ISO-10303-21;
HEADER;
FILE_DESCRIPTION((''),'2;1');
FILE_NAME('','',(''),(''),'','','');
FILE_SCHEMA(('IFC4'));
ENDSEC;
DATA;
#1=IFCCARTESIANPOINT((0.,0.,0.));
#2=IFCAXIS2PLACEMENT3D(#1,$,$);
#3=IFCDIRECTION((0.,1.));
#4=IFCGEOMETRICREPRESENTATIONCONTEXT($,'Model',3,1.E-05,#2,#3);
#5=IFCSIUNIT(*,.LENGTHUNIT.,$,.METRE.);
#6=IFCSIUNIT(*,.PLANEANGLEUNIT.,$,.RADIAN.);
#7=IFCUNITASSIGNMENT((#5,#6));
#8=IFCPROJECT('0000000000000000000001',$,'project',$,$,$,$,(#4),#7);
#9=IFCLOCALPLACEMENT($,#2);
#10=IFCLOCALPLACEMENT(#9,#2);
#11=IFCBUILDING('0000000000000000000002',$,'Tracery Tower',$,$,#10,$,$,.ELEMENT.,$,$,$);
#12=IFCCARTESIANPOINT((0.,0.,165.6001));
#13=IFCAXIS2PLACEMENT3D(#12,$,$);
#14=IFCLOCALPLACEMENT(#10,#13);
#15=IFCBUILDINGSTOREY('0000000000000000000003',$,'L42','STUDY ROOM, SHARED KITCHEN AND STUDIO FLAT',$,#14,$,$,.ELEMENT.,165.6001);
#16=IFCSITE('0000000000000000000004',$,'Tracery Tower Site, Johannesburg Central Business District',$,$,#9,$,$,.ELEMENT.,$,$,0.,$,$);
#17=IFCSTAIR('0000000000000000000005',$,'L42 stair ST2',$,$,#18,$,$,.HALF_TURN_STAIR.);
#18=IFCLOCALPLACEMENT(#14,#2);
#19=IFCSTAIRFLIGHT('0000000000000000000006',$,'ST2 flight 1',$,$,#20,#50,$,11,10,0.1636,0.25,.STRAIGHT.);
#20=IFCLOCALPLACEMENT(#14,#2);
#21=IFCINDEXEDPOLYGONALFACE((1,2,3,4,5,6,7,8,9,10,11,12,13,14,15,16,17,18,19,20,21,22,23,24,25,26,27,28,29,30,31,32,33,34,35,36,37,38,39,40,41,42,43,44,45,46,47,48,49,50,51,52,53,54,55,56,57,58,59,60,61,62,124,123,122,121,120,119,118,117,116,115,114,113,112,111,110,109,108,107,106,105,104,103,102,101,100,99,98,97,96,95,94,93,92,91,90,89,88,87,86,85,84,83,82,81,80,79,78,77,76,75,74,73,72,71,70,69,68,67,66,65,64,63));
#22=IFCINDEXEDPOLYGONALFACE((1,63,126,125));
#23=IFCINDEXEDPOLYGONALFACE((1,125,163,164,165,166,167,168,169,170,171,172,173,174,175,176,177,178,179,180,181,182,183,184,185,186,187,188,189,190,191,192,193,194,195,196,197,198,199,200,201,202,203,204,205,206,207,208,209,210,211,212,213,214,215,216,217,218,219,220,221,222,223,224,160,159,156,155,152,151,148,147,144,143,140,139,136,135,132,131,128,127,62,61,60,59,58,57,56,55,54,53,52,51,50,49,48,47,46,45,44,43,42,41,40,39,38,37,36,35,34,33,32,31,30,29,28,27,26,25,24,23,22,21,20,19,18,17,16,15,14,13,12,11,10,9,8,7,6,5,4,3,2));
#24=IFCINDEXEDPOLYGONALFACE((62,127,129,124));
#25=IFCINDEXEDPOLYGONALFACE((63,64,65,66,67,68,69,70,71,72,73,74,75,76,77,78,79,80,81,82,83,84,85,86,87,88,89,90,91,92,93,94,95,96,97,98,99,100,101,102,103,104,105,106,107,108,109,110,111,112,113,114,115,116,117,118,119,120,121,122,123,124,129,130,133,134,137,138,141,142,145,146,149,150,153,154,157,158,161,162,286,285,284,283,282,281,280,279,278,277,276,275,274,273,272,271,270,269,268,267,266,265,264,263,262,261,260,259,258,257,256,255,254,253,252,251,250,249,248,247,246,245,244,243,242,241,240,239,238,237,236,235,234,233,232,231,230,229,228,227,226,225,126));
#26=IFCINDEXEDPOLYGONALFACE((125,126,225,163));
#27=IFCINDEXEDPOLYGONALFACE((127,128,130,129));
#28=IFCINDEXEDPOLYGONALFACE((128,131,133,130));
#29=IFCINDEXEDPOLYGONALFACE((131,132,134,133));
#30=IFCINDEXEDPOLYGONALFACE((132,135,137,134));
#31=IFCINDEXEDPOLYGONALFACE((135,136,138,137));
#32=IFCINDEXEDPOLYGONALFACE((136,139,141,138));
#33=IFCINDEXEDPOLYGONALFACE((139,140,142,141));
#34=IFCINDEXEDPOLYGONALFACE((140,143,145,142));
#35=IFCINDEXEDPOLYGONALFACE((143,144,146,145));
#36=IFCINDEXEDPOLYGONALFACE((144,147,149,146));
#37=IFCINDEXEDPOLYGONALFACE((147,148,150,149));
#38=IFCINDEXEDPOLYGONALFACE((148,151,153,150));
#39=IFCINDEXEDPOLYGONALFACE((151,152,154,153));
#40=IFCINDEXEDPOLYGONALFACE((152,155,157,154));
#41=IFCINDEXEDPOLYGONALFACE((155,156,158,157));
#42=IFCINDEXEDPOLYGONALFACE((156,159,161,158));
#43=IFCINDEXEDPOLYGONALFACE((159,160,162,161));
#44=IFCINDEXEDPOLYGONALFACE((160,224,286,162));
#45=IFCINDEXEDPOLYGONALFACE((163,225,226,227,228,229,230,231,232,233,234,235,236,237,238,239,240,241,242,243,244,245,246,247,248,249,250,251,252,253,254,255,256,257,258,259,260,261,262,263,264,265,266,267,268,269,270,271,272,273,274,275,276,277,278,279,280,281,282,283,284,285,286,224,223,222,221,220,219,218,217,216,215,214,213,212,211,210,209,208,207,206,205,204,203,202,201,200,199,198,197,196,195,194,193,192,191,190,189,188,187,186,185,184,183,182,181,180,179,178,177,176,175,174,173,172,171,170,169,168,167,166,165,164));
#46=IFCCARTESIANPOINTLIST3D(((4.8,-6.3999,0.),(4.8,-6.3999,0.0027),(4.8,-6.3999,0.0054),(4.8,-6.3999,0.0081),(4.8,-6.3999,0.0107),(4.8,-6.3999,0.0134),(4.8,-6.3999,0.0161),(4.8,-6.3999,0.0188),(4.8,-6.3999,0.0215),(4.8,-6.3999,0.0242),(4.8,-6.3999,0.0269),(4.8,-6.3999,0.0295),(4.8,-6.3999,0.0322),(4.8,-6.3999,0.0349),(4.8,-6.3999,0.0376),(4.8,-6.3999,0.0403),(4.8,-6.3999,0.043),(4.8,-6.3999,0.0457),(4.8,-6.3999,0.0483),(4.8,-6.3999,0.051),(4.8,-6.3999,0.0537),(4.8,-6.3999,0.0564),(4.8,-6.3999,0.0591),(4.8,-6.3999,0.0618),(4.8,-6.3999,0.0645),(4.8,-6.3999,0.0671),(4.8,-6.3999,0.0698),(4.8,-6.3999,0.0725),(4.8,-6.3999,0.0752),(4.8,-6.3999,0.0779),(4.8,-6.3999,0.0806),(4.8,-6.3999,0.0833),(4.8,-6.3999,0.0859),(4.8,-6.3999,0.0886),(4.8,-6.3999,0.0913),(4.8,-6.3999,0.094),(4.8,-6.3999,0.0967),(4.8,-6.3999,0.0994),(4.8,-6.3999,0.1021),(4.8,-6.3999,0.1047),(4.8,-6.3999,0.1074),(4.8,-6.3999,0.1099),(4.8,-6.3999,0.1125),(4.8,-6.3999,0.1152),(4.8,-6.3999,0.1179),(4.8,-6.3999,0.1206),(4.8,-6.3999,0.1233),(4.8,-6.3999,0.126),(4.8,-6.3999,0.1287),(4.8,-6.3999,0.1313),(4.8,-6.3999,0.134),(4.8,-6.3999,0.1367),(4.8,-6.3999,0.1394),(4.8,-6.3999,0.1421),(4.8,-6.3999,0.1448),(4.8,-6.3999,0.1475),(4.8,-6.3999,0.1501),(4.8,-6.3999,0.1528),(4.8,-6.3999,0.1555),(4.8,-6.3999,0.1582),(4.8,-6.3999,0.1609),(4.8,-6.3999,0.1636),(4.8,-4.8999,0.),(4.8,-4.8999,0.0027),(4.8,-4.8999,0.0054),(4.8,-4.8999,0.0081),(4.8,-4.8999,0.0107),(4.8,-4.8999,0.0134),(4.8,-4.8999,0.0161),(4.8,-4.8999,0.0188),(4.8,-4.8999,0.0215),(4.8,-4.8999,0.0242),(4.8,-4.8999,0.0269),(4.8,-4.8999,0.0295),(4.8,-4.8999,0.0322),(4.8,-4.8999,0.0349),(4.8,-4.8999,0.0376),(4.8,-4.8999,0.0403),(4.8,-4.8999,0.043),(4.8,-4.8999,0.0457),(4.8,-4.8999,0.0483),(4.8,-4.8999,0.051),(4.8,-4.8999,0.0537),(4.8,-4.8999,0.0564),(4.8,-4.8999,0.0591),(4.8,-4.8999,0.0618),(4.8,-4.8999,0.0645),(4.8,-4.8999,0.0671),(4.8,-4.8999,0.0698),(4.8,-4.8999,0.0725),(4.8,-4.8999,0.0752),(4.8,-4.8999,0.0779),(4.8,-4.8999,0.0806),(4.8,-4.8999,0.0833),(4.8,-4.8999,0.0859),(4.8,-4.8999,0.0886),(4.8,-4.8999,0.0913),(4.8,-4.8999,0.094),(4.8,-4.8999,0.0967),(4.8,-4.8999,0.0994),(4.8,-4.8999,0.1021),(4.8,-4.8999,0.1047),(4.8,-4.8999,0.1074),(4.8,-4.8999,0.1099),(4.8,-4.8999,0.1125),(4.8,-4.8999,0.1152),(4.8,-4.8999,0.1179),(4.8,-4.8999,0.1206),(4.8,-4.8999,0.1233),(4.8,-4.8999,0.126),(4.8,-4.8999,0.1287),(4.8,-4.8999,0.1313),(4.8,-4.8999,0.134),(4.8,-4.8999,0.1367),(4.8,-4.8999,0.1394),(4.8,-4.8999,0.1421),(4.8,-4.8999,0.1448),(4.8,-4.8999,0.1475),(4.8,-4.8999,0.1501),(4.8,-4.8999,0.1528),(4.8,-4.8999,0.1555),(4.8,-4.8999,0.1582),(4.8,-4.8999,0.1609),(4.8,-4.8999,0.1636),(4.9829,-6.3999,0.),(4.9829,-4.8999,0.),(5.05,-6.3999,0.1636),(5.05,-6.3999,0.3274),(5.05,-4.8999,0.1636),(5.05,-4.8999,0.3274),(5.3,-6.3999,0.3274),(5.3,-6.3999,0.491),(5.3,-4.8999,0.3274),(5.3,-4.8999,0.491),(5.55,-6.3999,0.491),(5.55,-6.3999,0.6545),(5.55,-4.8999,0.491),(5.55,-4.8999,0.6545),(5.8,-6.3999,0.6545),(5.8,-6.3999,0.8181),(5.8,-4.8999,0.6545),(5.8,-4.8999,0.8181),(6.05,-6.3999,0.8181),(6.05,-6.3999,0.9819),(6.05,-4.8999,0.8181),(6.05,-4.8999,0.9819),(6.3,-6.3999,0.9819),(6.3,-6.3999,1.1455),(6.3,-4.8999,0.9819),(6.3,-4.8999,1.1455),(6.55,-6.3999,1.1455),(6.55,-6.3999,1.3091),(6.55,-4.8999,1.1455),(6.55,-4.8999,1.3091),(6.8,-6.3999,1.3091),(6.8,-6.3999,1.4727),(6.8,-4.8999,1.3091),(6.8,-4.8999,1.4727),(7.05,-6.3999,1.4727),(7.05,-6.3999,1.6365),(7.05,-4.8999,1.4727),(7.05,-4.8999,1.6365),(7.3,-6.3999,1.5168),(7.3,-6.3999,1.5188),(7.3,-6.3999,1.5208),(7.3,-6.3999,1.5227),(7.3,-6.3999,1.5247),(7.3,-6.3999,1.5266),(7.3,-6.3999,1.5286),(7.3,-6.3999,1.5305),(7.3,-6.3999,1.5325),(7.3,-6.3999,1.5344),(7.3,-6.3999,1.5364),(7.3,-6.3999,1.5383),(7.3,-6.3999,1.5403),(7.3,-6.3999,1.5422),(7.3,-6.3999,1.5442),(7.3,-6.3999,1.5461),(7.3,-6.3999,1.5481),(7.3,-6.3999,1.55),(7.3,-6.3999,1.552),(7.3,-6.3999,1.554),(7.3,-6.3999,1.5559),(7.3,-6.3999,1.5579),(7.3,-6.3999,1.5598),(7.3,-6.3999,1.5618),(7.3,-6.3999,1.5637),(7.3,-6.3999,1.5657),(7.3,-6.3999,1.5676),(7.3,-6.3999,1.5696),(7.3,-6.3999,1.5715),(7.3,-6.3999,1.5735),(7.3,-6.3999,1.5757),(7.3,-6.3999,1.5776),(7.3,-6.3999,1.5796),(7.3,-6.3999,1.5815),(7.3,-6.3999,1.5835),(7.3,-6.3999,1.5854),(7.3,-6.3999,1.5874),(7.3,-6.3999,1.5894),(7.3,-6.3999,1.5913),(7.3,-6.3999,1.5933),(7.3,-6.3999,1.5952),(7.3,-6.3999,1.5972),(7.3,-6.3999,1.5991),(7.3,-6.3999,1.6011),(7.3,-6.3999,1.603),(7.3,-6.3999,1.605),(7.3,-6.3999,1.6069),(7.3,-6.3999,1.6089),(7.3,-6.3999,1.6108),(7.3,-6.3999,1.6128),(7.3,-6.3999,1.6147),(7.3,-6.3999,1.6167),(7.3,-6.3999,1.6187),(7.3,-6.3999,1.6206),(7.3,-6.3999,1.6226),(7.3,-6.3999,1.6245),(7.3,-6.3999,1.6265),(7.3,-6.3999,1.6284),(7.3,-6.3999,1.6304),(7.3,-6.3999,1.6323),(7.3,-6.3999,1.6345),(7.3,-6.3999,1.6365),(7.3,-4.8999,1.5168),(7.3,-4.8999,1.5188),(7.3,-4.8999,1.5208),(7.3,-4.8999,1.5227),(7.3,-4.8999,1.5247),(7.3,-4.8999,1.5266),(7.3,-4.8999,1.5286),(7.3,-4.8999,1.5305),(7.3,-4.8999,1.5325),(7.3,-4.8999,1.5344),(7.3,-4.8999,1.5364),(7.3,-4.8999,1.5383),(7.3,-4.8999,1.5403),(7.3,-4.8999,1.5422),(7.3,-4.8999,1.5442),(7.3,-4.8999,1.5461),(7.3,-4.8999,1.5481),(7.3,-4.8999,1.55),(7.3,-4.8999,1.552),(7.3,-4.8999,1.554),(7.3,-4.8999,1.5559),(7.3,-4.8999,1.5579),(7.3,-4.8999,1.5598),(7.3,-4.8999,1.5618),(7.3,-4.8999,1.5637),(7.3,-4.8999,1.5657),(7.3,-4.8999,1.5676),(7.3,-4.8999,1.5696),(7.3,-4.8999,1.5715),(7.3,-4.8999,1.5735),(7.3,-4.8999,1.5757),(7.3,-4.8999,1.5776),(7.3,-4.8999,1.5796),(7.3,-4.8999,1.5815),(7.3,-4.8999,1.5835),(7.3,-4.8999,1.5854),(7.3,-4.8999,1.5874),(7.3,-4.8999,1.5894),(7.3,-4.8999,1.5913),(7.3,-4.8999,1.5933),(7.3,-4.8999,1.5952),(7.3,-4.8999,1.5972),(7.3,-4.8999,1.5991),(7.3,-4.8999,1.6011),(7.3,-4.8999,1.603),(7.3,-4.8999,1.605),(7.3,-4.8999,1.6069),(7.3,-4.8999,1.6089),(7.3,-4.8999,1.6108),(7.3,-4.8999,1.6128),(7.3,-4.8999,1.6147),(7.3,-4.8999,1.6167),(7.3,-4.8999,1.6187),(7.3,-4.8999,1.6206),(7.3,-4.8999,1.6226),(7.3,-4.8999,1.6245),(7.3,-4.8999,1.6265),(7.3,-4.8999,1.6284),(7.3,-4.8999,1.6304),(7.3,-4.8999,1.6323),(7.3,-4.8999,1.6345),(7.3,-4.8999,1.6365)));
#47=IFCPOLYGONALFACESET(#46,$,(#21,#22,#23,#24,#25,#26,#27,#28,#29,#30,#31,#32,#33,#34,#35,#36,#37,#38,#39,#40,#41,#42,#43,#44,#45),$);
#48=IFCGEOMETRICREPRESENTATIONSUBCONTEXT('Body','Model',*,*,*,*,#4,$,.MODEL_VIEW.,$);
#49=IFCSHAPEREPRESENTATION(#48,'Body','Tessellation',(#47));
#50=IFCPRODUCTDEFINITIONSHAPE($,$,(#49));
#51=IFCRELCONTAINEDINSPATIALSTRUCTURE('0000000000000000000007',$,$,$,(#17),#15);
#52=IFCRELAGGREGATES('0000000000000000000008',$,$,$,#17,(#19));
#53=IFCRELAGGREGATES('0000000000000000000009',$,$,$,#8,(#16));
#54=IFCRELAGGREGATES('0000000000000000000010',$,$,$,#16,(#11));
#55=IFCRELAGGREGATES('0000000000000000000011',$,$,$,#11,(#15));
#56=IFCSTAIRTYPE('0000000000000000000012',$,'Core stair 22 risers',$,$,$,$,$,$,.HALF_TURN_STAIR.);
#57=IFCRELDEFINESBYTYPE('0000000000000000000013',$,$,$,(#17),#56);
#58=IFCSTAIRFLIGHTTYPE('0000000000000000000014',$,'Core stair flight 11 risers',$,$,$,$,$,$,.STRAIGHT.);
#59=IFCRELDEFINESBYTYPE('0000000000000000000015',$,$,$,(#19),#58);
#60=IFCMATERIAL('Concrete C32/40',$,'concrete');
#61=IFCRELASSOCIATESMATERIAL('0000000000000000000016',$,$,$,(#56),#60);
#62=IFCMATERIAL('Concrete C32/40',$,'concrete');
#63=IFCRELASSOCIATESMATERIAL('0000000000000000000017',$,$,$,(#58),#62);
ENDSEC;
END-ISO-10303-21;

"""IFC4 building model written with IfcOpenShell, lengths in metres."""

from ifc_helpers import new_model, si_unit, direction, frame, origin, place, context, subcontext, project, spatial, polyline, outline, extrude, material, type_object, element, aggregate, save


model = new_model("IFC4")

# Units and contexts
model_context = context("Model", 3, precision=1e-05, world=origin(), true_north=direction((0.0, 1.0)))
body_context = subcontext(model_context, "Body", "Model", "MODEL_VIEW")
ifc_project = project(units=[si_unit("LENGTHUNIT", "METRE"), si_unit("PLANEANGLEUNIT", "RADIAN")], contexts=[model_context])

# Site, building, storey
site_placement = place(None, origin())
site = spatial("IfcSite", under=ifc_project, at=site_placement, Name="Tracery Tower Site, Johannesburg Central Business District", CompositionType="ELEMENT", RefElevation=0.0)
building_placement = place(site_placement, origin())
building = spatial("IfcBuilding", under=site, at=building_placement, Name="Tracery Tower", CompositionType="ELEMENT")
storey_placement = place(building_placement, frame((0.0, 0.0, 165.6001)))
storey = spatial("IfcBuildingStorey", under=building, at=storey_placement, Name="L42", Description="STUDY ROOM, SHARED KITCHEN AND STUDIO FLAT", CompositionType="ELEMENT", Elevation=165.6001)

# Stair
ifc_material_1 = material(Name="Concrete C32/40", Category="concrete")
stair_type = type_object("IfcStairType", Name="Core stair 22 risers", PredefinedType="HALF_TURN_STAIR", material=ifc_material_1)
stair_1_placement = place(storey_placement, origin())
stair_1 = element("IfcStair", 1, at=stair_1_placement, inside=storey, type_object=stair_type, Name="L42 stair ST2", PredefinedType="HALF_TURN_STAIR")

# Stair flight
ifc_material_2 = material(Name="Concrete C32/40", Category="concrete")
stair_flight_type = type_object("IfcStairFlightType", Name="Core stair flight 11 risers", PredefinedType="STRAIGHT", material=ifc_material_2)
stair_flight_1_placement = place(storey_placement, frame((4.8, -5.6499, 0.0), z_axis=(0.0, 0.0, 1.0), x_axis=(1.0, 0.0, 0.0)))
stair_flight_1 = element("IfcStairFlight", 2, at=stair_flight_1_placement, type_object=stair_flight_type, Name="ST2 flight 1", NumberOfRisers=11, NumberOfTreads=10, PredefinedType="STRAIGHT", RiserHeight=0.1636, TreadLength=0.25, context=body_context, shape_type="SweptSolid", body=[
    extrude(outline(polyline([(0.0, 0.0), (0.0, 0.0027), (0.0, 0.0054), (0.0, 0.0081), (0.0, 0.0107), (0.0, 0.0134), (0.0, 0.0161), (0.0, 0.0188), (0.0, 0.0215), (0.0, 0.0242), (0.0, 0.0269), (0.0, 0.0295), (0.0, 0.0322), (0.0, 0.0349), (0.0, 0.0376), (0.0, 0.0403), (0.0, 0.043), (0.0, 0.0457), (0.0, 0.0483), (0.0, 0.051), (0.0, 0.0537), (0.0, 0.0564), (0.0, 0.0591), (0.0, 0.0618), (0.0, 0.0645), (0.0, 0.0671), (0.0, 0.0698), (0.0, 0.0725), (0.0, 0.0752), (0.0, 0.0779), (0.0, 0.0806), (0.0, 0.0833), (0.0, 0.0859), (0.0, 0.0886), (0.0, 0.0913), (0.0, 0.094), (0.0, 0.0967), (0.0, 0.0994), (0.0, 0.1021), (0.0, 0.1047), (0.0, 0.1074), (0.0, 0.1099), (0.0, 0.1125), (0.0, 0.1152), (0.0, 0.1179), (0.0, 0.1206), (0.0, 0.1233), (0.0, 0.126), (0.0, 0.1287), (0.0, 0.1313), (0.0, 0.134), (0.0, 0.1367), (0.0, 0.1394), (0.0, 0.1421), (0.0, 0.1448), (0.0, 0.1475), (0.0, 0.1501), (0.0, 0.1528), (0.0, 0.1555), (0.0, 0.1582), (0.0, 0.1609), (0.0, 0.1636), (0.25, 0.1636), (0.25, 0.3274), (0.5, 0.3274), (0.5, 0.491), (0.75, 0.491), (0.75, 0.6545), (1.0, 0.6545), (1.0, 0.8181), (1.25, 0.8181), (1.25, 0.9819), (1.5, 0.9819), (1.5, 1.1455), (1.75, 1.1455), (1.75, 1.3091), (2.0, 1.3091), (2.0, 1.4727), (2.25, 1.4727), (2.25, 1.6365), (2.5, 1.6365), (2.5, 1.6345), (2.5, 1.6323), (2.5, 1.6304), (2.5, 1.6284), (2.5, 1.6265), (2.5, 1.6245), (2.5, 1.6226), (2.5, 1.6206), (2.5, 1.6187), (2.5, 1.6167), (2.5, 1.6147), (2.5, 1.6128), (2.5, 1.6108), (2.5, 1.6089), (2.5, 1.6069), (2.5, 1.605), (2.5, 1.603), (2.5, 1.6011), (2.5, 1.5991), (2.5, 1.5972), (2.5, 1.5952), (2.5, 1.5933), (2.5, 1.5913), (2.5, 1.5894), (2.5, 1.5874), (2.5, 1.5854), (2.5, 1.5835), (2.5, 1.5815), (2.5, 1.5796), (2.5, 1.5776), (2.5, 1.5757), (2.5, 1.5735), (2.5, 1.5715), (2.5, 1.5696), (2.5, 1.5676), (2.5, 1.5657), (2.5, 1.5637), (2.5, 1.5618), (2.5, 1.5598), (2.5, 1.5579), (2.5, 1.5559), (2.5, 1.554), (2.5, 1.552), (2.5, 1.55), (2.5, 1.5481), (2.5, 1.5461), (2.5, 1.5442), (2.5, 1.5422), (2.5, 1.5403), (2.5, 1.5383), (2.5, 1.5364), (2.5, 1.5344), (2.5, 1.5325), (2.5, 1.5305), (2.5, 1.5286), (2.5, 1.5266), (2.5, 1.5247), (2.5, 1.5227), (2.5, 1.5208), (2.5, 1.5188), (2.5, 1.5168), (0.1829, 0.0), (0.0, 0.0)])), frame((0.0, 0.75, 0.0), z_axis=(0.0, -1.0, 0.0), x_axis=(1.0, 0.0, 0.0)), (0.0, 0.0, 1.0), 1.5),
])
aggregate(stair_1, [stair_flight_1])

save(model, "model.ifc")
